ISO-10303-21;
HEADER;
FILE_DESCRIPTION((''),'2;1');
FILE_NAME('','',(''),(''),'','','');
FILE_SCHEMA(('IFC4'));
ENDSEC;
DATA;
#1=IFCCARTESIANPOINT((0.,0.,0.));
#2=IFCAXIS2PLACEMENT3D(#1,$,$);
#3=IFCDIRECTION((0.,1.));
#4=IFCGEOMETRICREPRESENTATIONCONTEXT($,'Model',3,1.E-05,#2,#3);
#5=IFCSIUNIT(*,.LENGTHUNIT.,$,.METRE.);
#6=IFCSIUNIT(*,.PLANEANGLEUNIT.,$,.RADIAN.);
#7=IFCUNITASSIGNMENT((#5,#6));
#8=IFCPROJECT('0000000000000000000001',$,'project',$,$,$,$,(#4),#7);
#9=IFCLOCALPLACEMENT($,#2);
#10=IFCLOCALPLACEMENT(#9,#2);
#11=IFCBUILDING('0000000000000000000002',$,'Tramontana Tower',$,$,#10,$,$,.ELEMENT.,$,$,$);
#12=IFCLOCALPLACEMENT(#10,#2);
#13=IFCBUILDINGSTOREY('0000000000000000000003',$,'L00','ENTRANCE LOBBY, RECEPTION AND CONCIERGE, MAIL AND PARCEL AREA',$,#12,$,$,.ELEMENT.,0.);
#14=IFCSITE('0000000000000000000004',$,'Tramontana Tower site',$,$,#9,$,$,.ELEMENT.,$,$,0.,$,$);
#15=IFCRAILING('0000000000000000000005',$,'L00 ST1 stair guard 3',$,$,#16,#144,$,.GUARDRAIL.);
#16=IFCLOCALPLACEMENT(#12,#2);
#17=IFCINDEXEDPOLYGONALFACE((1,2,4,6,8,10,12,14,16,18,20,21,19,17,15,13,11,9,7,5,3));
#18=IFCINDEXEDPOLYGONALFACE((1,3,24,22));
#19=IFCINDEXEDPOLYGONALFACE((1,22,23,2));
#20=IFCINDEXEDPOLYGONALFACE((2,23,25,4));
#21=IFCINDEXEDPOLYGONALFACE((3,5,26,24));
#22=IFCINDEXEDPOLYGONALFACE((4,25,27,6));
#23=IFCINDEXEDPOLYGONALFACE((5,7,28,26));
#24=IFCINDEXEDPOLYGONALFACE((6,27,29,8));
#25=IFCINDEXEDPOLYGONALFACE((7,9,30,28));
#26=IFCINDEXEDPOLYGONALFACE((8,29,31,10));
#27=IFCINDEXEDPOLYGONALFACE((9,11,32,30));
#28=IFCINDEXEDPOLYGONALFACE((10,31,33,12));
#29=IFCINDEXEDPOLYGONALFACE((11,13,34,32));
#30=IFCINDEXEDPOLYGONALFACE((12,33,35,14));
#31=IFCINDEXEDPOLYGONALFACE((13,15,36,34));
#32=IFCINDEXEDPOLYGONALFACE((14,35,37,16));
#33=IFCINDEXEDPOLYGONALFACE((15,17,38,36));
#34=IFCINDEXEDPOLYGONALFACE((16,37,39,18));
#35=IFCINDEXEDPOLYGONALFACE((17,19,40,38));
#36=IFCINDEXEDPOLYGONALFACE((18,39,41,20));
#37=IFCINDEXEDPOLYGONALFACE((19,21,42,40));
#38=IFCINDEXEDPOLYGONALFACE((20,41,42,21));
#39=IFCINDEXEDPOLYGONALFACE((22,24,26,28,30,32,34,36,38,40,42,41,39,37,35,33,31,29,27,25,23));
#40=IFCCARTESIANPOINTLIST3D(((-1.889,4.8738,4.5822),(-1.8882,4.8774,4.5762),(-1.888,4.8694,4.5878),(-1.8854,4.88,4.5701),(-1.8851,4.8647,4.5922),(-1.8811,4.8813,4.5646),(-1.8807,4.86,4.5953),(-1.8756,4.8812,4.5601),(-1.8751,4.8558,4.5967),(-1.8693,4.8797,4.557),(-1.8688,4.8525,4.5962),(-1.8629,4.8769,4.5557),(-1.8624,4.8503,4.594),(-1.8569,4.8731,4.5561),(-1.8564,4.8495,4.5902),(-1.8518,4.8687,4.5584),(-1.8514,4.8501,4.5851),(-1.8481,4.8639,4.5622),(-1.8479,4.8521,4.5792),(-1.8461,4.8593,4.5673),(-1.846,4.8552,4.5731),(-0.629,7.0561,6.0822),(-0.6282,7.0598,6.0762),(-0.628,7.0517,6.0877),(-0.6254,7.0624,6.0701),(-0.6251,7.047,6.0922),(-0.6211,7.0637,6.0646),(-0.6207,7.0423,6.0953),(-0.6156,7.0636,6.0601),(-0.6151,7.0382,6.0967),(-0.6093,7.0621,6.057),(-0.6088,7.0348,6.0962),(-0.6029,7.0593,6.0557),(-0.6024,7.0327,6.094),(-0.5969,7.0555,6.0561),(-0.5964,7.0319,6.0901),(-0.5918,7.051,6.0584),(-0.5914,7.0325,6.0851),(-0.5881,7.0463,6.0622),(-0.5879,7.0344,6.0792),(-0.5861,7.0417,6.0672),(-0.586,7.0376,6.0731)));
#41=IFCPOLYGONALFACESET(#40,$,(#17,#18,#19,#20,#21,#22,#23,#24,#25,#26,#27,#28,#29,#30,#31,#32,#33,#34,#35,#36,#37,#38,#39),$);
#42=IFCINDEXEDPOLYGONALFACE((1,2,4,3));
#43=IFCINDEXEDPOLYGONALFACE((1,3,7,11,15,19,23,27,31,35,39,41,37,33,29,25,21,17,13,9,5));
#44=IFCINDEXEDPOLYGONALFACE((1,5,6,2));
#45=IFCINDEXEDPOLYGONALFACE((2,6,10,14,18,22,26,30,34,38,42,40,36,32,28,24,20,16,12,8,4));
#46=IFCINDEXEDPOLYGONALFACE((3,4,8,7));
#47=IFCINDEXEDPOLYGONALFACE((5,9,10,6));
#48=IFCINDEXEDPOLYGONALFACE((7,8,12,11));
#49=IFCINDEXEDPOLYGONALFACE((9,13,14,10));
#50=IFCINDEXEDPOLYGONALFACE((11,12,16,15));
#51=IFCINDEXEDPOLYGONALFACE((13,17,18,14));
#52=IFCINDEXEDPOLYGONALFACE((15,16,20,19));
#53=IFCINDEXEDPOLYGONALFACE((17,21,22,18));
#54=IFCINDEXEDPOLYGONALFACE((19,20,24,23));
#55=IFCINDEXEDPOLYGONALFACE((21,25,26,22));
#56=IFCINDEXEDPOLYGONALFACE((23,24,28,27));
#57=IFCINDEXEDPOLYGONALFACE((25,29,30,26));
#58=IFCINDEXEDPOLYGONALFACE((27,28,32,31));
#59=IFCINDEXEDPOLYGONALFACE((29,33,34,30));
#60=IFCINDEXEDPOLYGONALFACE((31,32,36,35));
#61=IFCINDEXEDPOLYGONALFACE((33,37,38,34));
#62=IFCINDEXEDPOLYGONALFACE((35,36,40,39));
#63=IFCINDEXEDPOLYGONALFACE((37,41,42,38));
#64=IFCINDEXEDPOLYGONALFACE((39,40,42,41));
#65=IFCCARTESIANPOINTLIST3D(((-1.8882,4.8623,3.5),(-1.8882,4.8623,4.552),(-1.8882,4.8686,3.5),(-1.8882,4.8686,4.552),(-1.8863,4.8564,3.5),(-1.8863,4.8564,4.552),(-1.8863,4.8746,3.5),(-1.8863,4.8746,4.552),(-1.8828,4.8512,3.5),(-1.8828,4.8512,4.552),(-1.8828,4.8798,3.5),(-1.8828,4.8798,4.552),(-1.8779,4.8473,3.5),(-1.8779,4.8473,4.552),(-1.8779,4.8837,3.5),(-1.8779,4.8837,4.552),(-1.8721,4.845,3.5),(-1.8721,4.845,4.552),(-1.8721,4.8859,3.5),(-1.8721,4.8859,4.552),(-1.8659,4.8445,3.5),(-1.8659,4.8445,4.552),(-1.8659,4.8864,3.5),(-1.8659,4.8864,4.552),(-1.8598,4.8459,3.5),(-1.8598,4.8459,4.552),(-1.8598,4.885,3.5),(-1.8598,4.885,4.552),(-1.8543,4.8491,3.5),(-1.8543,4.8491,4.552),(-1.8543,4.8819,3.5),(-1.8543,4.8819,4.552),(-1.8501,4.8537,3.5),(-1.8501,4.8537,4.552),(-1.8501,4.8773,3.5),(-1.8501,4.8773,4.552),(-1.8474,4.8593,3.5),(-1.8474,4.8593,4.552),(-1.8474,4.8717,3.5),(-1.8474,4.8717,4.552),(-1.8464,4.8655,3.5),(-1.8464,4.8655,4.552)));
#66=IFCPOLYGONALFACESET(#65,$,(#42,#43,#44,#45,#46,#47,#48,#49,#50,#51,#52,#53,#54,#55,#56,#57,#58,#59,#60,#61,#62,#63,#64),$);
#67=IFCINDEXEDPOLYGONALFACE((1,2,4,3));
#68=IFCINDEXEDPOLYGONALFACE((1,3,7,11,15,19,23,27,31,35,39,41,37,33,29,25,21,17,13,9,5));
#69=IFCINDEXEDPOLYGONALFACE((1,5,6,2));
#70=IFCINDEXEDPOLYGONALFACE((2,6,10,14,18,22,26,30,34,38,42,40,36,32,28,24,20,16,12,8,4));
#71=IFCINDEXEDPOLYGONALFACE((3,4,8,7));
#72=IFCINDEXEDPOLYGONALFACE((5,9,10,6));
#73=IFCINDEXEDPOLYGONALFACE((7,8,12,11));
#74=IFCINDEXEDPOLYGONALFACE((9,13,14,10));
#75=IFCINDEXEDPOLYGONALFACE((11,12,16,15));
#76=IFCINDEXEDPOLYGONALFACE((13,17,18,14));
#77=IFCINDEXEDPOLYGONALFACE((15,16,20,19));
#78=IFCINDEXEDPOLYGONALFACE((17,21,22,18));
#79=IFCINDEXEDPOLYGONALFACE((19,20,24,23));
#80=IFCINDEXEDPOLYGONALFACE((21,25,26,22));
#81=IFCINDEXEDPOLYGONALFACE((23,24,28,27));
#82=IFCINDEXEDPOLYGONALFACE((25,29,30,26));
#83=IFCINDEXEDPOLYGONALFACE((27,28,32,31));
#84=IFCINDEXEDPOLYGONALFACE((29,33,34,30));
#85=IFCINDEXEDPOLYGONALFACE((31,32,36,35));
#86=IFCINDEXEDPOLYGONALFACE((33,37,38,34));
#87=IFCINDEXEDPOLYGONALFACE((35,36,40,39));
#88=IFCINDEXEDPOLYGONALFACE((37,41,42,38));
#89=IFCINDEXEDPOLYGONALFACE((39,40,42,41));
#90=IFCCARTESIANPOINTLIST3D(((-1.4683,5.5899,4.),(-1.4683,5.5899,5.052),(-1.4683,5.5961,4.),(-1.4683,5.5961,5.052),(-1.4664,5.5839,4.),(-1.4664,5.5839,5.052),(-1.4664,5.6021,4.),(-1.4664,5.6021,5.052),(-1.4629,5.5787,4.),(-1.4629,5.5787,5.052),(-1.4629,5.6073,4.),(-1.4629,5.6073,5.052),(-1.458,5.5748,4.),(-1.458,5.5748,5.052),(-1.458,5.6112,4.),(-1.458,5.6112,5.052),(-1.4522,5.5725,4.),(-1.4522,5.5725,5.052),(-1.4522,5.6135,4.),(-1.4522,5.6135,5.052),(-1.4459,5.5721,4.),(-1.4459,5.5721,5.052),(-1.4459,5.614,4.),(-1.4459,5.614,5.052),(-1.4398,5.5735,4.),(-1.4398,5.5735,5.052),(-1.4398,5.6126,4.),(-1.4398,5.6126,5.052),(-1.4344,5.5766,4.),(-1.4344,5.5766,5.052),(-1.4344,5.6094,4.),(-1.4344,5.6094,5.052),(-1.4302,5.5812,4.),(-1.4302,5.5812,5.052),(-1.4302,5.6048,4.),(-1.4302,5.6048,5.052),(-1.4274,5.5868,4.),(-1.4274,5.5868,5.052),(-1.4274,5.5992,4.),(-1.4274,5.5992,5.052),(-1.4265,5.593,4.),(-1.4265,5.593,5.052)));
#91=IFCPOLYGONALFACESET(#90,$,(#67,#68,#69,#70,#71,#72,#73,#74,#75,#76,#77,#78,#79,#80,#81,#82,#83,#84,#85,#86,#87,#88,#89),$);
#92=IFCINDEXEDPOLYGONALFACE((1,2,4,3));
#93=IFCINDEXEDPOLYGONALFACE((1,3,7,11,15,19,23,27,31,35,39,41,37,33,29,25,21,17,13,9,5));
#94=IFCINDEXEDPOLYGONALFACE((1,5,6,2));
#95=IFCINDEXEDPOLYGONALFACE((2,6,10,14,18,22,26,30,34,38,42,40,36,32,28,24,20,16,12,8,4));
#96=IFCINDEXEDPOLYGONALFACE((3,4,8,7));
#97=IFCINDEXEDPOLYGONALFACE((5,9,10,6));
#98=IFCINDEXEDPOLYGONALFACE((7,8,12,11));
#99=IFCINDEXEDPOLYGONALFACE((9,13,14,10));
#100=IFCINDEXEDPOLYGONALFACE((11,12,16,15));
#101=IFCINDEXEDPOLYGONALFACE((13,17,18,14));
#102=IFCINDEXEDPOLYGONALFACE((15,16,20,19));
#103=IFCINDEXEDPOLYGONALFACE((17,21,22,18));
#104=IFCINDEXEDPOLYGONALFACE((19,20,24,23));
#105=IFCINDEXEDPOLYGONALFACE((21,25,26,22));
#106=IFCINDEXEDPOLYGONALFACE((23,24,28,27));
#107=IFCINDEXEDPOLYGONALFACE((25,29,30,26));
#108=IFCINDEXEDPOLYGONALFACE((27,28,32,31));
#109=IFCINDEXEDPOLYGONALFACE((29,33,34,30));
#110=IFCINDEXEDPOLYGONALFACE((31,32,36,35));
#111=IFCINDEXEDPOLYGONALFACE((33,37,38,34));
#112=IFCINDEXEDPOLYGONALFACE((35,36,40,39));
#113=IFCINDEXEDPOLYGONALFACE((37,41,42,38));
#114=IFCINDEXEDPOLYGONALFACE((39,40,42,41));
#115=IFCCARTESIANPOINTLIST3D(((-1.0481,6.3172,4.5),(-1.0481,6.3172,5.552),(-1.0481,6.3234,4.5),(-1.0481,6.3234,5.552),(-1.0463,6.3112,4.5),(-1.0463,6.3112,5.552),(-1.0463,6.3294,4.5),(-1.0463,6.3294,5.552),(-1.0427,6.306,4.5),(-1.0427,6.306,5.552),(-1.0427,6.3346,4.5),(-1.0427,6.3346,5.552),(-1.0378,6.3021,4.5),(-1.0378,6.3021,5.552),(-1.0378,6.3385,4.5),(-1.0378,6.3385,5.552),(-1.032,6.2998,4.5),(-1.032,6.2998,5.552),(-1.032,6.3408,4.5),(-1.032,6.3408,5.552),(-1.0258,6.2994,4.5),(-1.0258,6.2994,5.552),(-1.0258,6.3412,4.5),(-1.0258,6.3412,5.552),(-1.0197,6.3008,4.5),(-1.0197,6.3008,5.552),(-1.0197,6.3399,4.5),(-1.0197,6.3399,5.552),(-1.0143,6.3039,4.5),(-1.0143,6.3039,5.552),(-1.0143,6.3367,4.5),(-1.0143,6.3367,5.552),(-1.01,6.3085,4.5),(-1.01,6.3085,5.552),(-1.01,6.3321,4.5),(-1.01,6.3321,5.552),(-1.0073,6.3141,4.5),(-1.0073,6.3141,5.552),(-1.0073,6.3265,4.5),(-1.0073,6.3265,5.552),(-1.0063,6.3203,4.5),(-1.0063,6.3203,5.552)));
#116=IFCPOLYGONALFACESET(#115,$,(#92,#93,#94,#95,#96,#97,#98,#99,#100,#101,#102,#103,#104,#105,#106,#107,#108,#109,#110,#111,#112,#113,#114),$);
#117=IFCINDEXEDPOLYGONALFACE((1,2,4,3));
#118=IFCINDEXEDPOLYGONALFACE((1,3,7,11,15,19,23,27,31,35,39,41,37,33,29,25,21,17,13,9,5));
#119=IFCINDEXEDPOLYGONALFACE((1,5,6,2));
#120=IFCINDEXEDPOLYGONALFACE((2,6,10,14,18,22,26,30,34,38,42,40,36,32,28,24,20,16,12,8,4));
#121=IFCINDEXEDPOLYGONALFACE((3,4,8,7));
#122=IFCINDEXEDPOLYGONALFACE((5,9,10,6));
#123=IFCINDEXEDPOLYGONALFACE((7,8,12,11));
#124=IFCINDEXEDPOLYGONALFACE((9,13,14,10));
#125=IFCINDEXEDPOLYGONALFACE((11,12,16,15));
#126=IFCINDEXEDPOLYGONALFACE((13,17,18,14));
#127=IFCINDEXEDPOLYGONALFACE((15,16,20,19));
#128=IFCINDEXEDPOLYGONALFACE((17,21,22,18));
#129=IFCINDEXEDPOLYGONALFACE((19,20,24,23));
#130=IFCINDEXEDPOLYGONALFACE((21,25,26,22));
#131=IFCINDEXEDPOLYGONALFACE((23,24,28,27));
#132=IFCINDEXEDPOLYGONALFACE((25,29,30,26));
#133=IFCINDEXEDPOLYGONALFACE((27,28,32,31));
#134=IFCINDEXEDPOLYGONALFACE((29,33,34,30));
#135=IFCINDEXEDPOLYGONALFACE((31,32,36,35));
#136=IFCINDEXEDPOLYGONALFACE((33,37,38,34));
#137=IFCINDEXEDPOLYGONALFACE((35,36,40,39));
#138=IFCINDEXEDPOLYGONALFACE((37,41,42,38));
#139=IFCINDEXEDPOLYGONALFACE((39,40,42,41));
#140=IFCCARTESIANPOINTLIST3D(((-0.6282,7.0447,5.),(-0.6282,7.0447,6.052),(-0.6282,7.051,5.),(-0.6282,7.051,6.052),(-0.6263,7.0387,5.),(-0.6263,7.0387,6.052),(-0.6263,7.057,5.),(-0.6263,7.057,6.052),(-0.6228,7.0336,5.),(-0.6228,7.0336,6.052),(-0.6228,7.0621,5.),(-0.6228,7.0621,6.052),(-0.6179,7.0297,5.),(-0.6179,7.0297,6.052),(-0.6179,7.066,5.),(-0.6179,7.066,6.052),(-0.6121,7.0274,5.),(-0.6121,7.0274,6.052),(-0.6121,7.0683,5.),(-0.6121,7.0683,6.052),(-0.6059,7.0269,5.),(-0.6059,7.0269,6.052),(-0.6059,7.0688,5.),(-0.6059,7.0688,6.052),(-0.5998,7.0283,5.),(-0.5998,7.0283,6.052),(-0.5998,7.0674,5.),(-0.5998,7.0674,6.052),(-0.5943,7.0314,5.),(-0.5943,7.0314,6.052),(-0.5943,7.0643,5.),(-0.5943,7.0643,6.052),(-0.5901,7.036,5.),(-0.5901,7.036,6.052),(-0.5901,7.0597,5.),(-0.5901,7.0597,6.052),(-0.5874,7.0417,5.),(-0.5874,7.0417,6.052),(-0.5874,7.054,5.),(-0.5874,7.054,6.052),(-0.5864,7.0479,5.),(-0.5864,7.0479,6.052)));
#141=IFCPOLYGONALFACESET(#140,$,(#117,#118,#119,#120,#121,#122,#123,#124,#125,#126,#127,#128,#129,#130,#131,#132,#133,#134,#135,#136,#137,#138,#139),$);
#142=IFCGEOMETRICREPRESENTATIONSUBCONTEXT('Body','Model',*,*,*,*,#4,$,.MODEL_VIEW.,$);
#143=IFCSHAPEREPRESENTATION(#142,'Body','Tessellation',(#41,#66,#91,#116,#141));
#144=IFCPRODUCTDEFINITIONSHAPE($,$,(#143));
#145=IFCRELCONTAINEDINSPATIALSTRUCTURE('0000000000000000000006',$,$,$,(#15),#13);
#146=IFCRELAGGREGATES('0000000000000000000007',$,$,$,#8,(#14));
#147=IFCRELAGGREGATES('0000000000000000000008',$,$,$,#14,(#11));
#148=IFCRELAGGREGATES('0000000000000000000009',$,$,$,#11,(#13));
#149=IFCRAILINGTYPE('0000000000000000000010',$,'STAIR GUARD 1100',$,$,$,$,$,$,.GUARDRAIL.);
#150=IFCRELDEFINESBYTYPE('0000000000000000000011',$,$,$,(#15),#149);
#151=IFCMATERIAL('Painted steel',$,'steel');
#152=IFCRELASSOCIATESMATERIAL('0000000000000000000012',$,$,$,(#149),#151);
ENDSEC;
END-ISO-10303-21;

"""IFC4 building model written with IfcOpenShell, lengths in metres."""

from ifc_helpers import new_model, si_unit, direction, frame, origin, origin_2d, place, context, subcontext, project, spatial, circle, extrude, material, type_object, element, save


model = new_model("IFC4")

# Units and contexts
model_context = context("Model", 3, precision=1e-05, world=origin(), true_north=direction((0.0, 1.0)))
body_context = subcontext(model_context, "Body", "Model", "MODEL_VIEW")
ifc_project = project(units=[si_unit("LENGTHUNIT", "METRE"), si_unit("PLANEANGLEUNIT", "RADIAN")], contexts=[model_context])

# Site, building, storey
site_placement = place(None, origin())
site = spatial("IfcSite", under=ifc_project, at=site_placement, Name="Tramontana Tower site", CompositionType="ELEMENT", RefElevation=0.0)
building_placement = place(site_placement, origin())
building = spatial("IfcBuilding", under=site, at=building_placement, Name="Tramontana Tower", CompositionType="ELEMENT")
storey_placement = place(building_placement, origin())
storey = spatial("IfcBuildingStorey", under=building, at=storey_placement, Name="L00", Description="ENTRANCE LOBBY, RECEPTION AND CONCIERGE, MAIL AND PARCEL AREA", CompositionType="ELEMENT", Elevation=0.0)

# Railing
ifc_material_1 = material(Name="Painted steel", Category="steel")
railing_type_1 = type_object("IfcRailingType", Name="STAIR GUARD 1100", PredefinedType="GUARDRAIL", material=ifc_material_1)
for number, where, name in (
    (1, (-1.8674, 4.8655, 3.5), "L00 ST1 stair guard 3"),
):
    element("IfcRailing", number, at=place(storey_placement, frame(where)), inside=storey, type_object=railing_type_1, Name=name, PredefinedType="GUARDRAIL", context=body_context, shape_type="SweptSolid", body=[
        extrude(circle(Radius=0.0239, at=origin_2d()), frame((0.0, 0.0, 1.0762), z_axis=(0.42965, 0.744167, 0.511485), x_axis=(-0.866023, 0.500005, 0.0)), (0.0, 0.0, 1.0), 2.9326),
        extrude(circle(Radius=0.021, at=origin_2d()), origin(), (0.0, 0.0, 1.0), 1.052),
        extrude(circle(Radius=0.021, at=origin_2d()), frame((0.4199, 0.7275, 0.5)), (0.0, 0.0, 1.0), 1.052),
        extrude(circle(Radius=0.021, at=origin_2d()), frame((0.8401, 1.4548, 1.0)), (0.0, 0.0, 1.0), 1.052),
        extrude(circle(Radius=0.021, at=origin_2d()), frame((1.26, 2.1824, 1.5)), (0.0, 0.0, 1.0), 1.052),
    ])

save(model, "model.ifc")
